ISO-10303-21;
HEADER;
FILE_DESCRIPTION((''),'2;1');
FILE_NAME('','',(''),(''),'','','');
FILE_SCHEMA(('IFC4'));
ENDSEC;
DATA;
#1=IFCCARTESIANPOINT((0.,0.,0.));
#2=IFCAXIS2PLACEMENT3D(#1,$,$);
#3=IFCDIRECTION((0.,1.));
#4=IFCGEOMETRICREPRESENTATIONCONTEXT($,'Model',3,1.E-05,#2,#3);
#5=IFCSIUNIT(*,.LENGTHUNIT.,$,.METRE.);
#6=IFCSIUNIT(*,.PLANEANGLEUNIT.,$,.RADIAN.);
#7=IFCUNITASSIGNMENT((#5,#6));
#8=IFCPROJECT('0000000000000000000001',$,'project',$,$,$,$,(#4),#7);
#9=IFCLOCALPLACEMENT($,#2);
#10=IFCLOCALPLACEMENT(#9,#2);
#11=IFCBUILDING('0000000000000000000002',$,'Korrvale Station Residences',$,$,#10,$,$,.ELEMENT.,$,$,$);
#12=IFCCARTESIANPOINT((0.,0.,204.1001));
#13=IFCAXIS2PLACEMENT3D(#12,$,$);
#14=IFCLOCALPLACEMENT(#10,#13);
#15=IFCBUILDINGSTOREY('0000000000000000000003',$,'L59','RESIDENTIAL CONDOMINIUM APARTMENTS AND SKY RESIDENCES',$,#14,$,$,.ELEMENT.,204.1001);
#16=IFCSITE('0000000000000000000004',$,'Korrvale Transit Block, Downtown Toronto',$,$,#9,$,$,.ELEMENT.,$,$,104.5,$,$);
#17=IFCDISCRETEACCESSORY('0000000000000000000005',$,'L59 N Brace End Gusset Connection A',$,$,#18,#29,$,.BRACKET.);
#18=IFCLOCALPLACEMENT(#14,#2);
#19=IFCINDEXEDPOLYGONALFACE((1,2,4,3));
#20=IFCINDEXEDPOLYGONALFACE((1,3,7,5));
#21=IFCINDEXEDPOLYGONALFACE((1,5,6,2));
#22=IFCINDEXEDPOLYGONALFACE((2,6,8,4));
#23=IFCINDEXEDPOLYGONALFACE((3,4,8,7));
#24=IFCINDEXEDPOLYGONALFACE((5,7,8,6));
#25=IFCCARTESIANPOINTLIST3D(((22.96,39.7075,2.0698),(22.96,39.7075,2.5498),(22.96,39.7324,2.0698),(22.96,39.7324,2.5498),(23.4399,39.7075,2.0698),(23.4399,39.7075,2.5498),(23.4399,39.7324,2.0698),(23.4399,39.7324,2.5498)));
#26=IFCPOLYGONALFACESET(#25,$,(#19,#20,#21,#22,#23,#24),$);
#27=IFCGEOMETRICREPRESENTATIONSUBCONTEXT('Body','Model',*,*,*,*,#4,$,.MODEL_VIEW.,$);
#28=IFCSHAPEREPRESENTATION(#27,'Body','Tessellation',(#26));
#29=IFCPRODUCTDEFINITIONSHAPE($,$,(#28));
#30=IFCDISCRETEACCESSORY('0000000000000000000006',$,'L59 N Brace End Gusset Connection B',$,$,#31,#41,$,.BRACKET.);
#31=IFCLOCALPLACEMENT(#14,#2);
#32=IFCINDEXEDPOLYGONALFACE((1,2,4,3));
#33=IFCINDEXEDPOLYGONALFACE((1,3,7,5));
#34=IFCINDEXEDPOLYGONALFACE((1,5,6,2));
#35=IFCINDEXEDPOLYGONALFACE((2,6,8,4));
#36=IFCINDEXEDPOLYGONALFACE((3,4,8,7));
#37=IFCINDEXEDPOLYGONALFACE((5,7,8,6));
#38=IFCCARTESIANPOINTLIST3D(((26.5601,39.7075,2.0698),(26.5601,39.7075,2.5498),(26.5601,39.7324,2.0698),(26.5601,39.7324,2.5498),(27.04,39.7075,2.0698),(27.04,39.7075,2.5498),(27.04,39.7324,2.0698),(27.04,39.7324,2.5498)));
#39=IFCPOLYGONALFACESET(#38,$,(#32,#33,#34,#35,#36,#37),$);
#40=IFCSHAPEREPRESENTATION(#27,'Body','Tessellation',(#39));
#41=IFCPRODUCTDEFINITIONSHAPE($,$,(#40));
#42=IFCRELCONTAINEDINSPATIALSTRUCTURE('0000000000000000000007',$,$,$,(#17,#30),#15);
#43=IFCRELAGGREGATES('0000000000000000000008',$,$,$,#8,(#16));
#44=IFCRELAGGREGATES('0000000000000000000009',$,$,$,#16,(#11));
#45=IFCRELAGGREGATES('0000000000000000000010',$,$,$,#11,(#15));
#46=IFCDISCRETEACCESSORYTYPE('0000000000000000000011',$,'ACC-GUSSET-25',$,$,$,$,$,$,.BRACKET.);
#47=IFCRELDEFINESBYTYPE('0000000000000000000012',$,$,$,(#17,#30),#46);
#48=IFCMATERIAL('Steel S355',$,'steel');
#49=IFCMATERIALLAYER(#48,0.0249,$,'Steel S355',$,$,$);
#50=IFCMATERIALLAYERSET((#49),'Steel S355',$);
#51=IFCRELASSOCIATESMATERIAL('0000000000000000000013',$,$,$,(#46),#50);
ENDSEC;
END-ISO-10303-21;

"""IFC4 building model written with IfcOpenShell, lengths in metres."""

from ifc_helpers import new_model, si_unit, direction, frame, origin, origin_2d, place, context, subcontext, project, spatial, rectangle, extrude, material, layer, layer_set, type_object, element, save


model = new_model("IFC4")

# Units and contexts
model_context = context("Model", 3, precision=1e-05, world=origin(), true_north=direction((0.0, 1.0)))
body_context = subcontext(model_context, "Body", "Model", "MODEL_VIEW")
ifc_project = project(units=[si_unit("LENGTHUNIT", "METRE"), si_unit("PLANEANGLEUNIT", "RADIAN")], contexts=[model_context])

# Site, building, storey
site_placement = place(None, origin())
site = spatial("IfcSite", under=ifc_project, at=site_placement, Name="Korrvale Transit Block, Downtown Toronto", CompositionType="ELEMENT", RefElevation=104.5)
building_placement = place(site_placement, origin())
building = spatial("IfcBuilding", under=site, at=building_placement, Name="Korrvale Station Residences", CompositionType="ELEMENT")
storey_placement = place(building_placement, frame((0.0, 0.0, 204.1001)))
storey = spatial("IfcBuildingStorey", under=building, at=storey_placement, Name="L59", Description="RESIDENTIAL CONDOMINIUM APARTMENTS AND SKY RESIDENCES", CompositionType="ELEMENT", Elevation=204.1001)

# Shared definitions
ifc_material_1 = material(Name="Steel S355", Category="steel")

# Discrete accessories
ifc_layer_1 = layer(ifc_material_1, 0.0249, Name="Steel S355")
ifc_layer_set_1 = layer_set([ifc_layer_1], Name="Steel S355")
discrete_accessory_type = type_object("IfcDiscreteAccessoryType", Name="ACC-GUSSET-25", PredefinedType="BRACKET", material=ifc_layer_set_1)
for number, where, z_axis, x_axis, name in (
    (1, (23.2, 39.72, 2.0698), (0.0, 0.0, 1.0), (1.0, 0.0, 0.0), "L59 N Brace End Gusset Connection A"),
    (2, (26.8, 39.72, 2.0698), (0.0, 0.0, 1.0), (1.0, 0.0, 0.0), "L59 N Brace End Gusset Connection B"),
):
    element("IfcDiscreteAccessory", number, at=place(storey_placement, frame(where, z_axis=z_axis, x_axis=x_axis)), inside=storey, type_object=discrete_accessory_type, Name=name, PredefinedType="BRACKET", context=body_context, shape_type="SweptSolid", body=[
        extrude(rectangle(XDim=0.48, YDim=0.0249, at=origin_2d()), origin(), (0.0, 0.0, 1.0), 0.48),
    ])

save(model, "model.ifc")
